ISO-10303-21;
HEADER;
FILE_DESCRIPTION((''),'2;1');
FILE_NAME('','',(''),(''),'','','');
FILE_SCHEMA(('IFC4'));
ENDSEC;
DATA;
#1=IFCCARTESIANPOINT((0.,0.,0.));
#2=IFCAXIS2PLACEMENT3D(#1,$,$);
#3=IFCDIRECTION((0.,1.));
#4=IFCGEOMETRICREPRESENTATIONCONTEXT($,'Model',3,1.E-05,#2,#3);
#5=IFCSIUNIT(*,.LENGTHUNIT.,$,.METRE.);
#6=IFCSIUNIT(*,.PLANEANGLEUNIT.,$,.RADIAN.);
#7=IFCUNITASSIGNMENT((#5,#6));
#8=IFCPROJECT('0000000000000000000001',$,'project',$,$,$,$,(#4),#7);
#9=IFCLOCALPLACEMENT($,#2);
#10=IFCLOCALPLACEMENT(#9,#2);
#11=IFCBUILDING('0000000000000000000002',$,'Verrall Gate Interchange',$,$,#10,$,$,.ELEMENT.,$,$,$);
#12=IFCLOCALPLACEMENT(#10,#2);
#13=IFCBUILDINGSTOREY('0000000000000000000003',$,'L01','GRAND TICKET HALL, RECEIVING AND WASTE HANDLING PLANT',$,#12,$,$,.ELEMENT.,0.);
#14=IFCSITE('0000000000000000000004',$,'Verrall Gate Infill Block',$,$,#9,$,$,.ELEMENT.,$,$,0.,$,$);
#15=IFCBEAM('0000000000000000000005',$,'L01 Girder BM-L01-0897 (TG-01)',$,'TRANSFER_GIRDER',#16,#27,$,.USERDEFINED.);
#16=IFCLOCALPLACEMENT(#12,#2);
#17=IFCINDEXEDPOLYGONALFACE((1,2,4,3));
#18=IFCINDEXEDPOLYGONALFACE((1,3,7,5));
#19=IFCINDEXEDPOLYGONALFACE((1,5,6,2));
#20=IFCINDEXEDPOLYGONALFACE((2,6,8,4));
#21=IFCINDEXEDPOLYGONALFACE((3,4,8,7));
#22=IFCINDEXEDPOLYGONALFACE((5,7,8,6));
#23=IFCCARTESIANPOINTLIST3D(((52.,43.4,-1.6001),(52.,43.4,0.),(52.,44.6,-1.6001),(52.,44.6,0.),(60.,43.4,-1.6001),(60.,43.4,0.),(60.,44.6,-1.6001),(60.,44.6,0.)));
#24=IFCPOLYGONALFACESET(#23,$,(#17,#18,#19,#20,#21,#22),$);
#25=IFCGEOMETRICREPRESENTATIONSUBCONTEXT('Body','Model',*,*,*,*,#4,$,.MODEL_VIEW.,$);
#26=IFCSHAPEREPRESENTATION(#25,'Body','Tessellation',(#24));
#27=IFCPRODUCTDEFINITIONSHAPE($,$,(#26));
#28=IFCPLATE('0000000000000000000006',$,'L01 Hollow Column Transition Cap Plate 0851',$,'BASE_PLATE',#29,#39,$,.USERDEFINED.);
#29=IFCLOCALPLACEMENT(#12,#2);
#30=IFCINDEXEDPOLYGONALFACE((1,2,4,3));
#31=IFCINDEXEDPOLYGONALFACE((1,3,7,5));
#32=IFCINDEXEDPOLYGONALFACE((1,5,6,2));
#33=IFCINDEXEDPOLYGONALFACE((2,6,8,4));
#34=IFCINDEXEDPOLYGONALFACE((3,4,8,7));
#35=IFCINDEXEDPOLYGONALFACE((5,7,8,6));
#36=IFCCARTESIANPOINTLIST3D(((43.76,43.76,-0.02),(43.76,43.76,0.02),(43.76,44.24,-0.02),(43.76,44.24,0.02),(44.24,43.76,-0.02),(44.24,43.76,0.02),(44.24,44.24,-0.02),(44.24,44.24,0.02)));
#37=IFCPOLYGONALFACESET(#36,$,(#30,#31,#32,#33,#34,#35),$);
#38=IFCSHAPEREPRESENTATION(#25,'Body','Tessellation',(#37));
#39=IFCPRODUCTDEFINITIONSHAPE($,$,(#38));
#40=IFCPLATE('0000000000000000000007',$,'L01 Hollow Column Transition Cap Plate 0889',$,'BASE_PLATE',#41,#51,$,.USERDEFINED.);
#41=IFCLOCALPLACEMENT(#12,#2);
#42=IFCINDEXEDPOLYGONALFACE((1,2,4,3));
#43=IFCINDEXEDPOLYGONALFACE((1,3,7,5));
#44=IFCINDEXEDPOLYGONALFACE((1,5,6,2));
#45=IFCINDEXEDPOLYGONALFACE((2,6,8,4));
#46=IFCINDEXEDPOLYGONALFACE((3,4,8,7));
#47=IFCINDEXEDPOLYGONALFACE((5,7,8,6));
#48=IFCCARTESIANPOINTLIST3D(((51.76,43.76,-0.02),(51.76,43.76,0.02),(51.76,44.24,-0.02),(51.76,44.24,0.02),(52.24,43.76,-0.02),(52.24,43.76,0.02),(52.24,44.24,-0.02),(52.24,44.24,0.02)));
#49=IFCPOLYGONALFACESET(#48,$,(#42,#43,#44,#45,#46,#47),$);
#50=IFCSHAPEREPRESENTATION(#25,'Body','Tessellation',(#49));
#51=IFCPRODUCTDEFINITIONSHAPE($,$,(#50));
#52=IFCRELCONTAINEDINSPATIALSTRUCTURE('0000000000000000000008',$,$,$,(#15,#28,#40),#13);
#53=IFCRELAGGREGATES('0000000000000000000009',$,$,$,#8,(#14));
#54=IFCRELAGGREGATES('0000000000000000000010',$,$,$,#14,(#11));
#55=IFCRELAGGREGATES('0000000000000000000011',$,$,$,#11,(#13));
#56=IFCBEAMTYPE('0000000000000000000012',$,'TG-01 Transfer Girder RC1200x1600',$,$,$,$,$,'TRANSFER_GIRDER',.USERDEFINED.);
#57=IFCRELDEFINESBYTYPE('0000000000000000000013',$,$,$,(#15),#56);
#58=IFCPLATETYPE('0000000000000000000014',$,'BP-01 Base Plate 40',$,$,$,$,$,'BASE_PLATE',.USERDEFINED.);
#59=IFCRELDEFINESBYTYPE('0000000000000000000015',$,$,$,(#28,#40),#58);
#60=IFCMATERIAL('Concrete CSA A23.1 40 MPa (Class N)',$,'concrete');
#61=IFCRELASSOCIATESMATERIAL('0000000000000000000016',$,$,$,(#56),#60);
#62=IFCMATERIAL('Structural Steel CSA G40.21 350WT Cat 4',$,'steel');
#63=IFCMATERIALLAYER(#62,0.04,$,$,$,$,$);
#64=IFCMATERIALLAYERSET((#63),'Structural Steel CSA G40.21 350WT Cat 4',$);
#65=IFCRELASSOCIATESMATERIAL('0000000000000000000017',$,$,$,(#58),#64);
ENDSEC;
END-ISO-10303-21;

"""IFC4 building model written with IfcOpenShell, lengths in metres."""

from ifc_helpers import new_model, si_unit, direction, frame, origin, origin_2d, place, context, subcontext, project, spatial, rectangle, extrude, material, layer, layer_set, material_profile, profile_set, type_object, element, save


model = new_model("IFC4")

# Units and contexts
model_context = context("Model", 3, precision=1e-05, world=origin(), true_north=direction((0.0, 1.0)))
body_context = subcontext(model_context, "Body", "Model", "MODEL_VIEW")
ifc_project = project(units=[si_unit("LENGTHUNIT", "METRE"), si_unit("PLANEANGLEUNIT", "RADIAN")], contexts=[model_context])

# Site, building, storey
site_placement = place(None, origin())
site = spatial("IfcSite", under=ifc_project, at=site_placement, Name="Verrall Gate Infill Block", CompositionType="ELEMENT", RefElevation=0.0)
building_placement = place(site_placement, origin())
building = spatial("IfcBuilding", under=site, at=building_placement, Name="Verrall Gate Interchange", CompositionType="ELEMENT")
storey_placement = place(building_placement, origin())
storey = spatial("IfcBuildingStorey", under=building, at=storey_placement, Name="L01", Description="GRAND TICKET HALL, RECEIVING AND WASTE HANDLING PLANT", CompositionType="ELEMENT", Elevation=0.0)

# Beam
ifc_material_1 = material(Name="Concrete CSA A23.1 40 MPa (Class N)", Category="concrete")
ifc_material_profile_1 = material_profile(ifc_material_1, rectangle(XDim=1.2, YDim=1.6001, at=origin_2d()), Name="RC1200x1600")
ifc_profile_set_1 = profile_set([ifc_material_profile_1], Name="Concrete CSA A23.1 40 MPa (Class N)")
beam_type_1 = type_object("IfcBeamType", Name="TG-01 Transfer Girder RC1200x1600", ElementType="TRANSFER_GIRDER", PredefinedType="USERDEFINED", material=ifc_profile_set_1)
for number, where, z_axis, x_axis, name in (
    (1, (52.0, 44.0, -0.8), (1.0, 0.0, 0.0), (0.0, 1.0, 0.0), "L01 Girder BM-L01-0897 (TG-01)"),
):
    element("IfcBeam", number, at=place(storey_placement, frame(where, z_axis=z_axis, x_axis=x_axis)), inside=storey, type_object=beam_type_1, Name=name, ObjectType="TRANSFER_GIRDER", PredefinedType="USERDEFINED", context=body_context, shape_type="SweptSolid", body=[
        extrude(rectangle(XDim=1.2, YDim=1.6001, at=origin_2d()), origin(), (0.0, 0.0, 1.0), 8.0),
    ])

# Plates
ifc_material_2 = material(Name="Structural Steel CSA G40.21 350WT Cat 4", Category="steel")
ifc_layer = layer(ifc_material_2, 0.04)
ifc_layer_set = layer_set([ifc_layer], Name="Structural Steel CSA G40.21 350WT Cat 4")
plate_type = type_object("IfcPlateType", Name="BP-01 Base Plate 40", ElementType="BASE_PLATE", PredefinedType="USERDEFINED", material=ifc_layer_set)
for number, where, z_axis, x_axis, name in (
    (2, (44.0, 44.0, -0.02), (0.0, 0.0, 1.0), (1.0, 0.0, 0.0), "L01 Hollow Column Transition Cap Plate 0851"),
    (3, (52.0, 44.0, -0.02), (0.0, 0.0, 1.0), (1.0, 0.0, 0.0), "L01 Hollow Column Transition Cap Plate 0889"),
):
    element("IfcPlate", number, at=place(storey_placement, frame(where, z_axis=z_axis, x_axis=x_axis)), inside=storey, type_object=plate_type, Name=name, ObjectType="BASE_PLATE", PredefinedType="USERDEFINED", context=body_context, shape_type="SweptSolid", body=[
        extrude(rectangle(XDim=0.48, YDim=0.48, at=origin_2d()), origin(), (0.0, 0.0, 1.0), 0.04),
    ])

save(model, "model.ifc")
